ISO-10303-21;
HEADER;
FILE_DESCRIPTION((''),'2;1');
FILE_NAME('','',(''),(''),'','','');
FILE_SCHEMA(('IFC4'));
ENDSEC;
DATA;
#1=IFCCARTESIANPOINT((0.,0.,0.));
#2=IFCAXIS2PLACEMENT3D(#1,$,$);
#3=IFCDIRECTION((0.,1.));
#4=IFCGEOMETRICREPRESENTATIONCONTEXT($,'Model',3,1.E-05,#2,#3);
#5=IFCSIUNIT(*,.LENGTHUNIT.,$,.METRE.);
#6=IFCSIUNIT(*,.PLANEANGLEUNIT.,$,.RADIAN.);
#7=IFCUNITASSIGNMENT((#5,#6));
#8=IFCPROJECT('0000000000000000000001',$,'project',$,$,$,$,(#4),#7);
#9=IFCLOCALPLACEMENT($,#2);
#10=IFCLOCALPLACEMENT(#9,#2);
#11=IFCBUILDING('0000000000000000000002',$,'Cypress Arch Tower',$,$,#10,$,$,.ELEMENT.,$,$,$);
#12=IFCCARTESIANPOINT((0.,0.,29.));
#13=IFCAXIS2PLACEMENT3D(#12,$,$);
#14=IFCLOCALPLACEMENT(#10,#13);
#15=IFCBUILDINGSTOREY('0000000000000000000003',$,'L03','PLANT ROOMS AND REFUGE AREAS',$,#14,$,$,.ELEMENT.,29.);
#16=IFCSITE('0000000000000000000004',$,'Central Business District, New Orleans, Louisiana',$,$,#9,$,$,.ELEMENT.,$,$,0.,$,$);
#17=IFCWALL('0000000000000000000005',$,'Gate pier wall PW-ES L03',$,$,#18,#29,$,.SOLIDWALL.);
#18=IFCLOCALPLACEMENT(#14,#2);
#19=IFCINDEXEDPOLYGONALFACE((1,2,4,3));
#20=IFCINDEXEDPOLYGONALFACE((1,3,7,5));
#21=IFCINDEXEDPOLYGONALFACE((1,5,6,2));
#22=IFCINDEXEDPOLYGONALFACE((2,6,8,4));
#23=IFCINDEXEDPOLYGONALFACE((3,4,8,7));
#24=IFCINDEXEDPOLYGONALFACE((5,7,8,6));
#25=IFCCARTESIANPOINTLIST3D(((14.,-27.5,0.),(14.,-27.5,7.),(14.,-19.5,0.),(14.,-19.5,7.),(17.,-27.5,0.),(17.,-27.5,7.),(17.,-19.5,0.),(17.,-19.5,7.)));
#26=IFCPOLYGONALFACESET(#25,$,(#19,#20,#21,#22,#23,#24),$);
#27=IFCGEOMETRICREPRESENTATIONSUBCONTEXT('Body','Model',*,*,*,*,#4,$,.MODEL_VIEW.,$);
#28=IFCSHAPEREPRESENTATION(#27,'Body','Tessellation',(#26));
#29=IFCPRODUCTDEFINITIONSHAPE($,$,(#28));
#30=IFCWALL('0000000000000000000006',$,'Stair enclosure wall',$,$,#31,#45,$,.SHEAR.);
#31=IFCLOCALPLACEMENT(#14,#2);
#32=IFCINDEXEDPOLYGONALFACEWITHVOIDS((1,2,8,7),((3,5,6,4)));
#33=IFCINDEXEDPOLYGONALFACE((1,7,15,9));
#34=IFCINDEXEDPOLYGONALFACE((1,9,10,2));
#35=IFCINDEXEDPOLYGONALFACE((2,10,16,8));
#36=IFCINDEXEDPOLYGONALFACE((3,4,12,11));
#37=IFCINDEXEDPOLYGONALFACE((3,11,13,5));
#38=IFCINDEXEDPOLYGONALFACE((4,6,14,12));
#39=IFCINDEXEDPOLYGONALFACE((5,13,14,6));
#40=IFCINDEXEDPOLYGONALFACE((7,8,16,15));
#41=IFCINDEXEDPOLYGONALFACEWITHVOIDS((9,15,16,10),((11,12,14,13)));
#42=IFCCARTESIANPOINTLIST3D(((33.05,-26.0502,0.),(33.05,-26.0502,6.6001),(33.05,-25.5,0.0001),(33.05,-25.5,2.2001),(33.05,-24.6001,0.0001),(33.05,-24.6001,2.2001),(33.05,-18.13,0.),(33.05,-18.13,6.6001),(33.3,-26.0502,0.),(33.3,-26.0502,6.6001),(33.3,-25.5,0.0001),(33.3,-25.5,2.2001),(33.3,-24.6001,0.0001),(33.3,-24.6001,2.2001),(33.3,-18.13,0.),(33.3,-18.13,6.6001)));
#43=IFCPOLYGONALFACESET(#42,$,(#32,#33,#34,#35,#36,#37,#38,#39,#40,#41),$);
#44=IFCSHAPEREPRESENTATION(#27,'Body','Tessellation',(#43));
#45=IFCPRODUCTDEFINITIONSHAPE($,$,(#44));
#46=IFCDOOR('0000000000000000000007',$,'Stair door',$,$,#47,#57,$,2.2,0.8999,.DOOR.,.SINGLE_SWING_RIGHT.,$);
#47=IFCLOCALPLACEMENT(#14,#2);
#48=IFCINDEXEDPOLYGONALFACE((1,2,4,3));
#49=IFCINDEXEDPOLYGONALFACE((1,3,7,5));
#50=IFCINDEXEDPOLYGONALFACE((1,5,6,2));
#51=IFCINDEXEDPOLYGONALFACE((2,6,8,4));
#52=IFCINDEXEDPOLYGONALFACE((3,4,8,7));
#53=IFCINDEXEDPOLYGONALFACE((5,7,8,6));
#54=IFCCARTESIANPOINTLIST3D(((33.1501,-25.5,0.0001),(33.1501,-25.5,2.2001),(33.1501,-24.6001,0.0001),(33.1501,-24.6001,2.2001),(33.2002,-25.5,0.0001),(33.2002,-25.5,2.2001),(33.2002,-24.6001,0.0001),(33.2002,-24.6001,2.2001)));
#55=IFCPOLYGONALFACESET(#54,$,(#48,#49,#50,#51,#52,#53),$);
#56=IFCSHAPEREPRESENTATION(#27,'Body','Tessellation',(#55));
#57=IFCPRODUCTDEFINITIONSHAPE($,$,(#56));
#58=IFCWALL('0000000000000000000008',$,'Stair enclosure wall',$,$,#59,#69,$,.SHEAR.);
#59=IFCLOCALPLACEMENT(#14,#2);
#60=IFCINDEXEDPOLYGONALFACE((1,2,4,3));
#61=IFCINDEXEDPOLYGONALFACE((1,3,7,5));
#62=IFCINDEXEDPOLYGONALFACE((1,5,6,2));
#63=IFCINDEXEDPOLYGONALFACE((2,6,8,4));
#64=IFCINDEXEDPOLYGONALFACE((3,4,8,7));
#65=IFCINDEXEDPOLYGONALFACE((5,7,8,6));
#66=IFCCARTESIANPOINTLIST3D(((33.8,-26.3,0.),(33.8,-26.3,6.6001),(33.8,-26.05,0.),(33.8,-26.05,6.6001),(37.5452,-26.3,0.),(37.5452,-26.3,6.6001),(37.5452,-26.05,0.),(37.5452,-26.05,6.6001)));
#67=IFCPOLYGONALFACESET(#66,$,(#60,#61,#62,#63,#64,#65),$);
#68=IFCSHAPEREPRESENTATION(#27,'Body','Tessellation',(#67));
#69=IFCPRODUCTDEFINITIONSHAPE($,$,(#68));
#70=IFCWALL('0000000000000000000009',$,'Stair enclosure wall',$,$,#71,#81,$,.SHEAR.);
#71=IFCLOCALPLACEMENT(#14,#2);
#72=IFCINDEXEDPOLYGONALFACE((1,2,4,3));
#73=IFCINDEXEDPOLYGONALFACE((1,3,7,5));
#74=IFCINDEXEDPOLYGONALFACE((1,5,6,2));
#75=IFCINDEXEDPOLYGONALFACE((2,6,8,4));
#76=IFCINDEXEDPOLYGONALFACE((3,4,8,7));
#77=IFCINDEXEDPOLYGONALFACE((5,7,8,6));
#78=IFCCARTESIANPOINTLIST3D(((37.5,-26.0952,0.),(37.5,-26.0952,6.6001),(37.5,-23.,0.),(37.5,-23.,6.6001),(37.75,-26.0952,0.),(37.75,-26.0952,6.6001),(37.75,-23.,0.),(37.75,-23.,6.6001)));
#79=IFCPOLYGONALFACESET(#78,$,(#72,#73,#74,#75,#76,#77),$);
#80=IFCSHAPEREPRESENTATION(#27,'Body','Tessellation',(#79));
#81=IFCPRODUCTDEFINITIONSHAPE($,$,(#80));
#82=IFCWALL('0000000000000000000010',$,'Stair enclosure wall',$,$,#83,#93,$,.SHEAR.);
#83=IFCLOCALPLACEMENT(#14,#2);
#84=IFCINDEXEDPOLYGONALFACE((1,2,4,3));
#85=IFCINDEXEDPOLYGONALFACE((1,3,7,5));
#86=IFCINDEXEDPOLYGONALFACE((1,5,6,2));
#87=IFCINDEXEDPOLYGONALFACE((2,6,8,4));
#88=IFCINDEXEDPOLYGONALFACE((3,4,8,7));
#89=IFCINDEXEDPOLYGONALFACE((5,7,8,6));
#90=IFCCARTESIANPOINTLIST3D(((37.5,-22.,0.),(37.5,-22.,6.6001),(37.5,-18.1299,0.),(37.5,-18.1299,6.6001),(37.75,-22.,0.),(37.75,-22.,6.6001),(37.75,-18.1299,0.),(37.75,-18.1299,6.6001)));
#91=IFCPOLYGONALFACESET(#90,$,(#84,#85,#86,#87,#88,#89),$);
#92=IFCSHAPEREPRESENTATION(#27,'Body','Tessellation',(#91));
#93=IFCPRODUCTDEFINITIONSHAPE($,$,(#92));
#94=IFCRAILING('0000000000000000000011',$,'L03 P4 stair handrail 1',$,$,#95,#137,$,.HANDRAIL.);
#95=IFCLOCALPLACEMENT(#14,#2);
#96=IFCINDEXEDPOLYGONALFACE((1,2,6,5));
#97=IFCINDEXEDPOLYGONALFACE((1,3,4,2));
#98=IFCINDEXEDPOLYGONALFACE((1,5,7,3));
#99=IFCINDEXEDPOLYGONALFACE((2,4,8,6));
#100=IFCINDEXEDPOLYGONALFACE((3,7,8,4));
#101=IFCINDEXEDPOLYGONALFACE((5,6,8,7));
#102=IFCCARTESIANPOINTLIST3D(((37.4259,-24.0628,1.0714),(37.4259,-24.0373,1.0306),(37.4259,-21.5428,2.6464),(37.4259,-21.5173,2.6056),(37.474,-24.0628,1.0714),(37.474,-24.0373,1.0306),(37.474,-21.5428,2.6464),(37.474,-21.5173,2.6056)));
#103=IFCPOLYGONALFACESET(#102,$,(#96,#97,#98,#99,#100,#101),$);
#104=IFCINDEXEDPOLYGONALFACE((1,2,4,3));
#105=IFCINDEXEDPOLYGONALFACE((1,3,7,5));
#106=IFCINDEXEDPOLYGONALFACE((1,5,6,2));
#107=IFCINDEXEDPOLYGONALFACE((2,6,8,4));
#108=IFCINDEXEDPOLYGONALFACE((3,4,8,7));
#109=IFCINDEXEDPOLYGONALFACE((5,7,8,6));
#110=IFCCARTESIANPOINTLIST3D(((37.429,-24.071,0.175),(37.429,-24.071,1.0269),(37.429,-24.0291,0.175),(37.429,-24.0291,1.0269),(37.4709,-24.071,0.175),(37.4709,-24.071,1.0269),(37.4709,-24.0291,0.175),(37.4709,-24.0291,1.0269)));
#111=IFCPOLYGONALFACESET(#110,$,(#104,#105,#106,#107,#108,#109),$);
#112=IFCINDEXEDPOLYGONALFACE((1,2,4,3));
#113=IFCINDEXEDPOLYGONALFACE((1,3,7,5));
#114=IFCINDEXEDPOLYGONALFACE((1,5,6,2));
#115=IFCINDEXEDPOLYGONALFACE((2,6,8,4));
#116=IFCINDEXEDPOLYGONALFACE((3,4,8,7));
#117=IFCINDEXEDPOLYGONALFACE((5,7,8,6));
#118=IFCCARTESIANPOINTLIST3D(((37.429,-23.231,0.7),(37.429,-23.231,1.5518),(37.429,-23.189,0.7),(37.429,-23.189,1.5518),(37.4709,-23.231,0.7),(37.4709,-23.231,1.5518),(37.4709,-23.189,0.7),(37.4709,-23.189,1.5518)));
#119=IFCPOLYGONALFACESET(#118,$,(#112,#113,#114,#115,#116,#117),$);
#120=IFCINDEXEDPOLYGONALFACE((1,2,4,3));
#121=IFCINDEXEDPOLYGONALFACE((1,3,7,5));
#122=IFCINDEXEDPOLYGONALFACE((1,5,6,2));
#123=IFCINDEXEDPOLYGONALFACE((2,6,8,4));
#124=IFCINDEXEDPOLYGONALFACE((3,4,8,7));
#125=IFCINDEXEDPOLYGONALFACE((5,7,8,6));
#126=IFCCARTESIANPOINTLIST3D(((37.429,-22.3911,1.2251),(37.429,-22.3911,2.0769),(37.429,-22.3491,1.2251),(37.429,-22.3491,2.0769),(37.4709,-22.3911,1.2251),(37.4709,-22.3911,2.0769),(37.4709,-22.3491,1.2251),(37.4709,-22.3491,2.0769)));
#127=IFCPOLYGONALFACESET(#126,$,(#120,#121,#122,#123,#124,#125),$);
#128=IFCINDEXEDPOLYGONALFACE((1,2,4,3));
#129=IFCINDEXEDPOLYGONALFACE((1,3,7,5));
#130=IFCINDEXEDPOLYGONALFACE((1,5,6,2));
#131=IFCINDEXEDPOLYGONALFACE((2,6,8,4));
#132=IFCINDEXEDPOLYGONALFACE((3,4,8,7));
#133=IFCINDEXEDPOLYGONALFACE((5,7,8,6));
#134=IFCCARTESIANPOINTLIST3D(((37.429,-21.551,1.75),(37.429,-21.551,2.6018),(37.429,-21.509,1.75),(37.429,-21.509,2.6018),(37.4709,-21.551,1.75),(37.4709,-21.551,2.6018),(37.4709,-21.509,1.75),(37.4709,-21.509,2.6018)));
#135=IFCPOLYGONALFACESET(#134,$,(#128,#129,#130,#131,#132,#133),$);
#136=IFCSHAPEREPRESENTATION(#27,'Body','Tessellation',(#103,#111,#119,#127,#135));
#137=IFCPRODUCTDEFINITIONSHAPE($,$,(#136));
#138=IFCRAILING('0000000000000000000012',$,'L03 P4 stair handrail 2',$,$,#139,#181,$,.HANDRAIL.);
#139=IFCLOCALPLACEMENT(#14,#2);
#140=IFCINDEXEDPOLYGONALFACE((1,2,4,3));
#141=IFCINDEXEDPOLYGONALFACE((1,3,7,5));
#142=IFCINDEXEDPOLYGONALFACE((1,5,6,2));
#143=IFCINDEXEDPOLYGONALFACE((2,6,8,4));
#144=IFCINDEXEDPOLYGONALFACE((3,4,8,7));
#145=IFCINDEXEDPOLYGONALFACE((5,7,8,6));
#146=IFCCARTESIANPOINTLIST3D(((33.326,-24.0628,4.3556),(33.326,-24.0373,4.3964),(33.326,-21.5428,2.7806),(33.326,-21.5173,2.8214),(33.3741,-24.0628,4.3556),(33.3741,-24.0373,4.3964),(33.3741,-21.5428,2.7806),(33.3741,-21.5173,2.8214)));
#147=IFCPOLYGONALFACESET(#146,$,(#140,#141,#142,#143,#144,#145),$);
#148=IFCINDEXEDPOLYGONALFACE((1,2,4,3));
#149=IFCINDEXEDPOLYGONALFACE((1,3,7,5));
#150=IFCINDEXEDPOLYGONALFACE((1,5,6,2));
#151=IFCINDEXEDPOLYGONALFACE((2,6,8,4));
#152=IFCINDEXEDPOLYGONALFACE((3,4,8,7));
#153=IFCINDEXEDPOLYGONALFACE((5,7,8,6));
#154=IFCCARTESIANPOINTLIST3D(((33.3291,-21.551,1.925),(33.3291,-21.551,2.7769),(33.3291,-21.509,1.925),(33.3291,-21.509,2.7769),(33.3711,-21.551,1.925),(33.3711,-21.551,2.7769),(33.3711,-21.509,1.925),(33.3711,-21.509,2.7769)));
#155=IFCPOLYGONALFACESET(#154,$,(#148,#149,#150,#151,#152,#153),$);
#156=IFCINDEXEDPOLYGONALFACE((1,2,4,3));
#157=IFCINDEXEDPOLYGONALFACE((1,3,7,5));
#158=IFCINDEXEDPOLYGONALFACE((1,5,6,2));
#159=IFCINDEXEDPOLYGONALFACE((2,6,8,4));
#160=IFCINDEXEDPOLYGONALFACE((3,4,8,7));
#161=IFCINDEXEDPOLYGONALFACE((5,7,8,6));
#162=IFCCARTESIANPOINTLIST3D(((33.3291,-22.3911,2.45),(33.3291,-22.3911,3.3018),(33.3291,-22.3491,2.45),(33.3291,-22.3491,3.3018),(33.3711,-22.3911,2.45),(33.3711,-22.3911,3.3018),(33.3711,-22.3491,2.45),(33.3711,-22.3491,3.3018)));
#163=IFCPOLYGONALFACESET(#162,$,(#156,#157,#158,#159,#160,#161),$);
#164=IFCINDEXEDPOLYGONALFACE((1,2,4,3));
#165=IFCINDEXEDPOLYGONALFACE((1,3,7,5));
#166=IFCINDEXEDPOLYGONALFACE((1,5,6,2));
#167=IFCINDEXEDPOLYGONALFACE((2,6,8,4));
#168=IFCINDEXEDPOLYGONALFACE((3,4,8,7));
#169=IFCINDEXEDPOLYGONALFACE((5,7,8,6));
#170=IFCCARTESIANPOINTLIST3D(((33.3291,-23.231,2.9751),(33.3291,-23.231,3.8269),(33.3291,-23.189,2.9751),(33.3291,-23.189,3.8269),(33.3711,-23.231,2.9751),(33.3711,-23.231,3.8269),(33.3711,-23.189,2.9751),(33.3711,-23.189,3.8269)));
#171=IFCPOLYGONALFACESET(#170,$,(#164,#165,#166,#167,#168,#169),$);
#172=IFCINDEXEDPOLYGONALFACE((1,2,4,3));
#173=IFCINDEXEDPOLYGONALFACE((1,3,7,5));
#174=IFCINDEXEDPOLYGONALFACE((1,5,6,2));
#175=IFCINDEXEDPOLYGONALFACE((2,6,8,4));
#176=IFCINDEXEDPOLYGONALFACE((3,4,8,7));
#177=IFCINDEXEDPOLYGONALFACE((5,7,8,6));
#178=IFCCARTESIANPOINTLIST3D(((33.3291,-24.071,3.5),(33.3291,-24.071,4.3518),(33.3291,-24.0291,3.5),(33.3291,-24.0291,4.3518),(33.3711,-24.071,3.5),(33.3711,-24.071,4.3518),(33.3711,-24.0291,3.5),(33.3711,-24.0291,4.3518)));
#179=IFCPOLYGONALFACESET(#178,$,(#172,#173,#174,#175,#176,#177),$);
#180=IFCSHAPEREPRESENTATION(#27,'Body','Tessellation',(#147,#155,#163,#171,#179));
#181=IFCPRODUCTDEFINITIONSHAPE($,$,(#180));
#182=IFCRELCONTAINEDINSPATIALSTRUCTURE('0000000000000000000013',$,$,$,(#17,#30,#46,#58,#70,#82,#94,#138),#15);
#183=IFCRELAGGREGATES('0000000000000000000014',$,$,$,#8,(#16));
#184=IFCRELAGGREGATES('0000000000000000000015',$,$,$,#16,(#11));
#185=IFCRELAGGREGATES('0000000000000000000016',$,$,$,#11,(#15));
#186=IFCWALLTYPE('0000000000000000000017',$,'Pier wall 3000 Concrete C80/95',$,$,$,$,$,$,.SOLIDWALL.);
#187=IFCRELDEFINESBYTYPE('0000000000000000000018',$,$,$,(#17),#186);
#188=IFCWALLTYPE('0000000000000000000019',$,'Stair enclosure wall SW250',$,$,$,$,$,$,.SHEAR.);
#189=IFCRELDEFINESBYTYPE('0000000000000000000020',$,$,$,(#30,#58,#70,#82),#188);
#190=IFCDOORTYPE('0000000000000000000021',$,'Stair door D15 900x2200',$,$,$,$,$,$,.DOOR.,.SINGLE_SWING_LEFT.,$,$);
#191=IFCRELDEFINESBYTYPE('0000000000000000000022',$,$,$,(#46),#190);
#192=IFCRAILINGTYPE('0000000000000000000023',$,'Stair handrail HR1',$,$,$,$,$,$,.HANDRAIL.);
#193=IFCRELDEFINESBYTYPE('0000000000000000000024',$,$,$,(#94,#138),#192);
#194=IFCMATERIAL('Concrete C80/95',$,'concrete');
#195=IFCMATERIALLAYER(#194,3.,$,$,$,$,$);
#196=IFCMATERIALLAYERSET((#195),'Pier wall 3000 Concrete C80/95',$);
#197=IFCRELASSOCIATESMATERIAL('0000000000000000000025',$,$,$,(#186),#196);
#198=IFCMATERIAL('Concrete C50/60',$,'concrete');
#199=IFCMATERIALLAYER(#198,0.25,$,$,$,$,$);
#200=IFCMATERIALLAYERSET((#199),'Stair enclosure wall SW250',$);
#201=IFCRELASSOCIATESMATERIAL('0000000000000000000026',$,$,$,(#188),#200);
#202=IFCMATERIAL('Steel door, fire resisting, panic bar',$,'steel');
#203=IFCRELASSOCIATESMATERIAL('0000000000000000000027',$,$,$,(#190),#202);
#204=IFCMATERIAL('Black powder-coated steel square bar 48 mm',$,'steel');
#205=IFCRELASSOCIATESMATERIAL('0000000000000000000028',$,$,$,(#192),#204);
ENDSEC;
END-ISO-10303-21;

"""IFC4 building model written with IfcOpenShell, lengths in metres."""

from ifc_helpers import new_model, si_unit, direction, frame, frame_2d, origin, origin_2d, place, context, subcontext, project, spatial, rectangle, extrude, material, layer, layer_set, type_object, element, fill, save


model = new_model("IFC4")

# Units and contexts
model_context = context("Model", 3, precision=1e-05, world=origin(), true_north=direction((0.0, 1.0)))
body_context = subcontext(model_context, "Body", "Model", "MODEL_VIEW")
ifc_project = project(units=[si_unit("LENGTHUNIT", "METRE"), si_unit("PLANEANGLEUNIT", "RADIAN")], contexts=[model_context])

# Site, building, storey
site_placement = place(None, origin())
site = spatial("IfcSite", under=ifc_project, at=site_placement, Name="Central Business District, New Orleans, Louisiana", CompositionType="ELEMENT", RefElevation=0.0)
building_placement = place(site_placement, origin())
building = spatial("IfcBuilding", under=site, at=building_placement, Name="Cypress Arch Tower", CompositionType="ELEMENT")
storey_placement = place(building_placement, frame((0.0, 0.0, 29.0)))
storey = spatial("IfcBuildingStorey", under=building, at=storey_placement, Name="L03", Description="PLANT ROOMS AND REFUGE AREAS", CompositionType="ELEMENT", Elevation=29.0)

# Wall
ifc_material_1 = material(Name="Concrete C80/95", Category="concrete")
ifc_layer_1 = layer(ifc_material_1, 3.0)
ifc_layer_set_1 = layer_set([ifc_layer_1], Name="Pier wall 3000 Concrete C80/95")
wall_type_1 = type_object("IfcWallType", Name="Pier wall 3000 Concrete C80/95", PredefinedType="SOLIDWALL", material=ifc_layer_set_1)
wall_1_placement = place(storey_placement, frame((15.5, -27.5, 0.0), z_axis=(0.0, 0.0, 1.0), x_axis=(0.0, 1.0, 0.0)))
element("IfcWall", 1, at=wall_1_placement, inside=storey, type_object=wall_type_1, Name="Gate pier wall PW-ES L03", PredefinedType="SOLIDWALL", context=body_context, shape_type="SweptSolid", body=[
    extrude(rectangle(XDim=8.0, YDim=3.0, at=frame_2d((4.0, 0.0))), origin(), (0.0, 0.0, 1.0), 7.0),
])

# Wall, opening, door
ifc_material_2 = material(Name="Concrete C50/60", Category="concrete")
ifc_layer_2 = layer(ifc_material_2, 0.25)
ifc_layer_set_2 = layer_set([ifc_layer_2], Name="Stair enclosure wall SW250")
wall_type_2 = type_object("IfcWallType", Name="Stair enclosure wall SW250", PredefinedType="SHEAR", material=ifc_layer_set_2)
wall_2_placement = place(storey_placement, frame((33.175, -26.05, 0.0), z_axis=(0.0, 0.0, 1.0), x_axis=(0.0, 1.0, 0.0)))
wall_2 = element("IfcWall", 2, at=wall_2_placement, inside=storey, type_object=wall_type_2, Name="Stair enclosure wall", PredefinedType="SHEAR", context=body_context, shape_type="SweptSolid", body=[
    extrude(rectangle(XDim=7.9202, YDim=0.25, at=frame_2d((3.96, 0.0))), origin(), (0.0, 0.0, 1.0), 6.6001),
])
opening_placement = place(wall_2_placement, frame((0.55, 0.0, 0.0)))
opening = element("IfcOpeningElement", 3, at=opening_placement, cuts=wall_2, PredefinedType="OPENING", context=body_context, shape_type="SweptSolid", body=[
    extrude(rectangle(XDim=0.8999, YDim=2.2, at=frame_2d((0.45, 1.1001))), frame((0.0, 0.135, 0.0), z_axis=(0.0, -1.0, 0.0), x_axis=(1.0, 0.0, 0.0)), (0.0, 0.0, 1.0), 0.27),
])
ifc_material_3 = material(Name="Steel door, fire resisting, panic bar", Category="steel")
door_type = type_object("IfcDoorType", Name="Stair door D15 900x2200", OperationType="SINGLE_SWING_LEFT", PredefinedType="DOOR", material=ifc_material_3)
door_placement = place(opening_placement, origin())
door = element("IfcDoor", 4, at=door_placement, inside=storey, type_object=door_type, Name="Stair door", OperationType="SINGLE_SWING_RIGHT", OverallHeight=2.2, OverallWidth=0.8999, PredefinedType="DOOR", context=body_context, shape_type="SweptSolid", body=[
    extrude(rectangle(XDim=0.8999, YDim=2.2, at=frame_2d((0.45, 1.1001))), frame((0.0, 0.0249, 0.0), z_axis=(0.0, -1.0, 0.0), x_axis=(1.0, 0.0, 0.0)), (0.0, 0.0, 1.0), 0.05),
])
fill(opening, door)

# Walls
wall_3_placement = place(storey_placement, frame((33.8, -26.175, 0.0), z_axis=(0.0, 0.0, 1.0), x_axis=(1.0, 0.0, 0.0)))
element("IfcWall", 5, at=wall_3_placement, inside=storey, type_object=wall_type_2, Name="Stair enclosure wall", PredefinedType="SHEAR", context=body_context, shape_type="SweptSolid", body=[
    extrude(rectangle(XDim=3.7451, YDim=0.25, at=frame_2d((1.8726, 0.0))), origin(), (0.0, 0.0, 1.0), 6.6001),
])
wall_4_placement = place(storey_placement, frame((37.625, -26.0952, 0.0), z_axis=(0.0, 0.0, 1.0), x_axis=(0.0, 1.0, 0.0)))
element("IfcWall", 6, at=wall_4_placement, inside=storey, type_object=wall_type_2, Name="Stair enclosure wall", PredefinedType="SHEAR", context=body_context, shape_type="SweptSolid", body=[
    extrude(rectangle(XDim=3.0952, YDim=0.25, at=frame_2d((1.5476, 0.0))), origin(), (0.0, 0.0, 1.0), 6.6001),
])
wall_5_placement = place(storey_placement, frame((37.625, -22.0, 0.0), z_axis=(0.0, 0.0, 1.0), x_axis=(0.0, 1.0, 0.0)))
element("IfcWall", 7, at=wall_5_placement, inside=storey, type_object=wall_type_2, Name="Stair enclosure wall", PredefinedType="SHEAR", context=body_context, shape_type="SweptSolid", body=[
    extrude(rectangle(XDim=3.8701, YDim=0.25, at=frame_2d((1.9351, 0.0))), origin(), (0.0, 0.0, 1.0), 6.6001),
])

# Railings
ifc_material_4 = material(Name="Black powder-coated steel square bar 48 mm", Category="steel")
railing_type_1 = type_object("IfcRailingType", Name="Stair handrail HR1", PredefinedType="HANDRAIL", material=ifc_material_4)
railing_1_placement = place(storey_placement, frame((37.45, -24.05, 0.175)))
element("IfcRailing", 8, at=railing_1_placement, inside=storey, type_object=railing_type_1, Name="L03 P4 stair handrail 1", PredefinedType="HANDRAIL", context=body_context, shape_type="SweptSolid", body=[
    extrude(rectangle(XDim=0.0481, YDim=0.0481, at=origin_2d()), frame((0.0, 0.0, 0.876), z_axis=(0.0, 0.848008, 0.529984), x_axis=(-1.0, 0.0, 0.0)), (0.0, 0.0, 1.0), 2.9717),
    extrude(rectangle(XDim=0.042, YDim=0.042, at=origin_2d()), origin(), (0.0, 0.0, 1.0), 0.8518),
    extrude(rectangle(XDim=0.042, YDim=0.042, at=origin_2d()), frame((0.0, 0.8401, 0.5249)), (0.0, 0.0, 1.0), 0.8518),
    extrude(rectangle(XDim=0.042, YDim=0.042, at=origin_2d()), frame((0.0, 1.6799, 1.05)), (0.0, 0.0, 1.0), 0.8518),
    extrude(rectangle(XDim=0.042, YDim=0.042, at=origin_2d()), frame((0.0, 2.52, 1.575)), (0.0, 0.0, 1.0), 0.8518),
])
railing_2_placement = place(storey_placement, frame((33.3501, -21.53, 1.925)))
element("IfcRailing", 9, at=railing_2_placement, inside=storey, type_object=railing_type_1, Name="L03 P4 stair handrail 2", PredefinedType="HANDRAIL", context=body_context, shape_type="SweptSolid", body=[
    extrude(rectangle(XDim=0.0481, YDim=0.0481, at=origin_2d()), frame((0.0, 0.0, 0.876), z_axis=(0.0, -0.848008, 0.529984), x_axis=(1.0, 0.0, 0.0)), (0.0, 0.0, 1.0), 2.9717),
    extrude(rectangle(XDim=0.042, YDim=0.042, at=origin_2d()), origin(), (0.0, 0.0, 1.0), 0.8518),
    extrude(rectangle(XDim=0.042, YDim=0.042, at=origin_2d()), frame((0.0, -0.8401, 0.5249)), (0.0, 0.0, 1.0), 0.8518),
    extrude(rectangle(XDim=0.042, YDim=0.042, at=origin_2d()), frame((0.0, -1.6799, 1.05)), (0.0, 0.0, 1.0), 0.8518),
    extrude(rectangle(XDim=0.042, YDim=0.042, at=origin_2d()), frame((0.0, -2.52, 1.575)), (0.0, 0.0, 1.0), 0.8518),
])

save(model, "model.ifc")
